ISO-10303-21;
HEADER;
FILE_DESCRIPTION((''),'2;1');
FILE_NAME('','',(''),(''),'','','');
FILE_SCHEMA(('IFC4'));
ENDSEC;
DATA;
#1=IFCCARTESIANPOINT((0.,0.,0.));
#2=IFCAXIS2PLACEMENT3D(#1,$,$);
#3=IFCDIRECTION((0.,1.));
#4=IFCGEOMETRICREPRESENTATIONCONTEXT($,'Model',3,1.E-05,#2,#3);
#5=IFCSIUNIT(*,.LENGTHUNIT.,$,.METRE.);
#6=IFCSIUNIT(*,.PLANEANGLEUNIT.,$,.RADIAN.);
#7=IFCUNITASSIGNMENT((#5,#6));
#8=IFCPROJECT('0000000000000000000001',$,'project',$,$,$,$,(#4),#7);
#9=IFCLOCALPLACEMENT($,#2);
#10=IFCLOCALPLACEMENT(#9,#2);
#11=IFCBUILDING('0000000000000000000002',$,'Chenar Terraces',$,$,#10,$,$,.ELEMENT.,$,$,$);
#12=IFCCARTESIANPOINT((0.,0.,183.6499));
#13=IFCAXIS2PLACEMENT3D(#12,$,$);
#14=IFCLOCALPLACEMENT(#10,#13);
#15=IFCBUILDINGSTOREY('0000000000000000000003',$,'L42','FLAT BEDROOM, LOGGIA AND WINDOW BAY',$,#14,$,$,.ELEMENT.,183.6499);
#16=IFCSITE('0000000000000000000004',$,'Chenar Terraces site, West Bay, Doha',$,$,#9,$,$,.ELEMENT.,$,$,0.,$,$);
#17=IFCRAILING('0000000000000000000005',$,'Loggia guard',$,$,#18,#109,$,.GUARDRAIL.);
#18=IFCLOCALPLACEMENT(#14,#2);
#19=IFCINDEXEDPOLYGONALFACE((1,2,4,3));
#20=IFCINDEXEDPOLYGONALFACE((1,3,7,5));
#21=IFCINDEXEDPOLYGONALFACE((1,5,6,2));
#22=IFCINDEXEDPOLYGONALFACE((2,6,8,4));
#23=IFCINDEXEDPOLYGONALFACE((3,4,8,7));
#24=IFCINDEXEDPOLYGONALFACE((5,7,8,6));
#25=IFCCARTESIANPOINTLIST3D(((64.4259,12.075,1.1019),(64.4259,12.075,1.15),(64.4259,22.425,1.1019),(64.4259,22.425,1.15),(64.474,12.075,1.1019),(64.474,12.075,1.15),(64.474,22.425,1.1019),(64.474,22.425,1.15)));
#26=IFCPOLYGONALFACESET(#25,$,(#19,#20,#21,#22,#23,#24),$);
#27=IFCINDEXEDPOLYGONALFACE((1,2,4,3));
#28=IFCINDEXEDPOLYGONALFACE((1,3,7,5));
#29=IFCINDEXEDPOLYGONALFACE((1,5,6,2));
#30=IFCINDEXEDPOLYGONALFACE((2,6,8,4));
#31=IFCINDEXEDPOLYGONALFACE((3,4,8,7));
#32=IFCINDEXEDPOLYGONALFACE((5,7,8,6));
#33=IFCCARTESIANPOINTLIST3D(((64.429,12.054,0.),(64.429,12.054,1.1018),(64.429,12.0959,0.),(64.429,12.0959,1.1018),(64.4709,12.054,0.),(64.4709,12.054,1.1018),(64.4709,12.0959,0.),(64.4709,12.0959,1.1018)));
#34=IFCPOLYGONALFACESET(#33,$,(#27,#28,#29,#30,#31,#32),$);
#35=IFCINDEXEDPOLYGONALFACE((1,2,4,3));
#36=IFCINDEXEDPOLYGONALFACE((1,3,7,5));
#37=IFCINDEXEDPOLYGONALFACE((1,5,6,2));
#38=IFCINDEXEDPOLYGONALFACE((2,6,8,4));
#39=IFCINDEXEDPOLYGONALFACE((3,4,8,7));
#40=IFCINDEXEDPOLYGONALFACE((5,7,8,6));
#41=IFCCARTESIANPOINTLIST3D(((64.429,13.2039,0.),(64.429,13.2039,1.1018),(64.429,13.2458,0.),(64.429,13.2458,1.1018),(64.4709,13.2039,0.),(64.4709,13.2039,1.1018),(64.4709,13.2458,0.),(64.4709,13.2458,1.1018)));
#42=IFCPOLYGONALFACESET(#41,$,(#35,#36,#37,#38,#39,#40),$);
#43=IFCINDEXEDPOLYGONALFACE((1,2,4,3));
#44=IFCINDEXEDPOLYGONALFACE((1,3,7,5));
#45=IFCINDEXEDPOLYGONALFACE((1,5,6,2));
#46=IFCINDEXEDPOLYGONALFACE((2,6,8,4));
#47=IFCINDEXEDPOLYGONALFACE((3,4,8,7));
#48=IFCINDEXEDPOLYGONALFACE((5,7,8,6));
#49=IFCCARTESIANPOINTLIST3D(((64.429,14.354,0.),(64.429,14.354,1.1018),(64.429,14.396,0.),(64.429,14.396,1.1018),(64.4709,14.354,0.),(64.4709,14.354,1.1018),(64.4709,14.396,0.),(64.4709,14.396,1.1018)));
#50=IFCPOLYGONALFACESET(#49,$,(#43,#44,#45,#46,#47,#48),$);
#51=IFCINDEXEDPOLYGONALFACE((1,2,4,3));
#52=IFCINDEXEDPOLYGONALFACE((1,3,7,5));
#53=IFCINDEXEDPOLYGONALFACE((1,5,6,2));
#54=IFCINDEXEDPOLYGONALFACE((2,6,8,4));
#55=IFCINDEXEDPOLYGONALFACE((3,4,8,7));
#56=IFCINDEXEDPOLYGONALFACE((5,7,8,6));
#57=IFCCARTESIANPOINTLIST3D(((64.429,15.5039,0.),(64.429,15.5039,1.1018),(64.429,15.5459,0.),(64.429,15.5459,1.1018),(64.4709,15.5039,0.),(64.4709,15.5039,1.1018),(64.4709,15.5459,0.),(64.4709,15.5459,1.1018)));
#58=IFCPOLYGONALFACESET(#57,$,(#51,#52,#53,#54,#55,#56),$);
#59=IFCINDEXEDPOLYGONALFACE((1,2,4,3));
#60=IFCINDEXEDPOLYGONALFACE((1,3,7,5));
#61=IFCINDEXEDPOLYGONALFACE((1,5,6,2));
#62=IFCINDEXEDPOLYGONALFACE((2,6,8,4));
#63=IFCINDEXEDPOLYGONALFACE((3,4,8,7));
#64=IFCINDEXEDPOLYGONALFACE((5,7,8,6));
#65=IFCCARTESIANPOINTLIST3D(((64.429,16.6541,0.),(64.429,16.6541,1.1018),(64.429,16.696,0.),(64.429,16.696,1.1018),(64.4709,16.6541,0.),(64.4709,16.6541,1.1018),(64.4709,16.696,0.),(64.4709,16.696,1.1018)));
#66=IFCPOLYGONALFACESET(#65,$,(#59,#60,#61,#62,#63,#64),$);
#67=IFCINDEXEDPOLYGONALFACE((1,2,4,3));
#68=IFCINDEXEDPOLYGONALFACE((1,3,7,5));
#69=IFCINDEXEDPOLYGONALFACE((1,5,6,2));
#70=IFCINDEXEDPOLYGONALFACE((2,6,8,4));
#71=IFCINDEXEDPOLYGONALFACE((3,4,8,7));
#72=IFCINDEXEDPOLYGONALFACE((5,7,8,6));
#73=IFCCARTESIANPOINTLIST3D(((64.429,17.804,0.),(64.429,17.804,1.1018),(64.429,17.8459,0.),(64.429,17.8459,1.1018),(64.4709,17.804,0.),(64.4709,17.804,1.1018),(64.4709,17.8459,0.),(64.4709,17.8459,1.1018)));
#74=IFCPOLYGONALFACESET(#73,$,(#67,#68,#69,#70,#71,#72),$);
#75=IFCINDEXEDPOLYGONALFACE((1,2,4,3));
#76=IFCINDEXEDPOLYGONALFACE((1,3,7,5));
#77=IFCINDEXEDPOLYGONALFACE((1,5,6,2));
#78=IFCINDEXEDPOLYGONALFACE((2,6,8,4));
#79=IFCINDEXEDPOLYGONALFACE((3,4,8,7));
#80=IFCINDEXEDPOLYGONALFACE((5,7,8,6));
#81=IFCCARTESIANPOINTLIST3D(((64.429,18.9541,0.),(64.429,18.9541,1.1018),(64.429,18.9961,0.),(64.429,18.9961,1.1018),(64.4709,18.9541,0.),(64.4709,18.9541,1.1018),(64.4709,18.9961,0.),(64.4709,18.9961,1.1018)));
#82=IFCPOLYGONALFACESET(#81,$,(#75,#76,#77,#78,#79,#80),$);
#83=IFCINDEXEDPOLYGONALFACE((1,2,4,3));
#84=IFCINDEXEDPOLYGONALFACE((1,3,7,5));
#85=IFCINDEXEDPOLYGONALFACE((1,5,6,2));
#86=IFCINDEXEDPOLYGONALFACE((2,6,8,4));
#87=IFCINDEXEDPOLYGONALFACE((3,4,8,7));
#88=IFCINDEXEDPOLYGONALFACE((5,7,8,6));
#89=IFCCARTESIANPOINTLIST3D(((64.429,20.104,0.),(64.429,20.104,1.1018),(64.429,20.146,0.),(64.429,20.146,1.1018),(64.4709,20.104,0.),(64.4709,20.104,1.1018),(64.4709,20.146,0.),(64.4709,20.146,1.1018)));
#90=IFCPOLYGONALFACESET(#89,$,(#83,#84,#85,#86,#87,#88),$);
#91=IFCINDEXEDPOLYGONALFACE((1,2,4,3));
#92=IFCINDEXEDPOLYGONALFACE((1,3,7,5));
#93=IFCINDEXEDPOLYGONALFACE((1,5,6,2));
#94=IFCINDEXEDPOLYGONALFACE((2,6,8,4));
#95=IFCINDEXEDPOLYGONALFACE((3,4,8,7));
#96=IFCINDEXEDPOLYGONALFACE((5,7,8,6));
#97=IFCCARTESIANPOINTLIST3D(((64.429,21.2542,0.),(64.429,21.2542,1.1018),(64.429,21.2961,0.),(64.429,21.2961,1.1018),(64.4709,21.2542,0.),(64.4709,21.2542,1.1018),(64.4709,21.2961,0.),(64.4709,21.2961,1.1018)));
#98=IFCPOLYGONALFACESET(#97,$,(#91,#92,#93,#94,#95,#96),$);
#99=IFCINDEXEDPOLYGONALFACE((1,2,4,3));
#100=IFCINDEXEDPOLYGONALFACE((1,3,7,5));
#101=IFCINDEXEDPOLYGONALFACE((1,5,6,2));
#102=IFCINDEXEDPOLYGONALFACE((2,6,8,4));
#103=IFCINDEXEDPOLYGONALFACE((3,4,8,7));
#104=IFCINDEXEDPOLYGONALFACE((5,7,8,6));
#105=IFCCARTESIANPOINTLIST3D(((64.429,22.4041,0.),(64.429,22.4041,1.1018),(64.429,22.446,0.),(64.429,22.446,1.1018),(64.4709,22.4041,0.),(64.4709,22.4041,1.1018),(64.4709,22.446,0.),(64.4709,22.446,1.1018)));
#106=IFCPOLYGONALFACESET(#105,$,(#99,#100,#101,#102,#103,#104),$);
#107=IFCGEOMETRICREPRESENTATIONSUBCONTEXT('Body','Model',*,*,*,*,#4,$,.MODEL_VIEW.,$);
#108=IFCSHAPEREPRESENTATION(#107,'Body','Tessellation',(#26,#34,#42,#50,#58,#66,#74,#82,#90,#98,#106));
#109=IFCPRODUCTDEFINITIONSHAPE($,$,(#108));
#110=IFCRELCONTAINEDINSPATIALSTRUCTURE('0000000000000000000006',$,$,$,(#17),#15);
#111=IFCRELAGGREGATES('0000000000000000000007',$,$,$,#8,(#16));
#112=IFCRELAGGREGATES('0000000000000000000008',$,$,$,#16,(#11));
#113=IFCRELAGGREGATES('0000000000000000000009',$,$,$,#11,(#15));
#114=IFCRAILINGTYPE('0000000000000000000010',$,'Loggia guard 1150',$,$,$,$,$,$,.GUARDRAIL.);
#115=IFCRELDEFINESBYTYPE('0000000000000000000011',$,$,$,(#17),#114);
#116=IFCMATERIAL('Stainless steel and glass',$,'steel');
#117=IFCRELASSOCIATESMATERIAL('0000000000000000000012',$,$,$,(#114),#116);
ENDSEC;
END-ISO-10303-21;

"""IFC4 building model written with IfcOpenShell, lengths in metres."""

from ifc_helpers import new_model, si_unit, direction, frame, origin, origin_2d, place, context, subcontext, project, spatial, rectangle, extrude, material, type_object, element, save


model = new_model("IFC4")

# Units and contexts
model_context = context("Model", 3, precision=1e-05, world=origin(), true_north=direction((0.0, 1.0)))
body_context = subcontext(model_context, "Body", "Model", "MODEL_VIEW")
ifc_project = project(units=[si_unit("LENGTHUNIT", "METRE"), si_unit("PLANEANGLEUNIT", "RADIAN")], contexts=[model_context])

# Site, building, storey
site_placement = place(None, origin())
site = spatial("IfcSite", under=ifc_project, at=site_placement, Name="Chenar Terraces site, West Bay, Doha", CompositionType="ELEMENT", RefElevation=0.0)
building_placement = place(site_placement, origin())
building = spatial("IfcBuilding", under=site, at=building_placement, Name="Chenar Terraces", CompositionType="ELEMENT")
storey_placement = place(building_placement, frame((0.0, 0.0, 183.6499)))
storey = spatial("IfcBuildingStorey", under=building, at=storey_placement, Name="L42", Description="FLAT BEDROOM, LOGGIA AND WINDOW BAY", CompositionType="ELEMENT", Elevation=183.6499)

# Railing
ifc_material_1 = material(Name="Stainless steel and glass", Category="steel")
railing_type = type_object("IfcRailingType", Name="Loggia guard 1150", PredefinedType="GUARDRAIL", material=ifc_material_1)
railing_placement = place(storey_placement, frame((64.45, 12.075, 0.0)))
element("IfcRailing", 1, at=railing_placement, inside=storey, type_object=railing_type, Name="Loggia guard", PredefinedType="GUARDRAIL", context=body_context, shape_type="SweptSolid", body=[
    extrude(rectangle(XDim=0.0481, YDim=0.0481, at=origin_2d()), frame((0.0, 0.0, 1.126), z_axis=(0.0, 1.0, 0.0), x_axis=(-1.0, 0.0, 0.0)), (0.0, 0.0, 1.0), 10.3501),
    extrude(rectangle(XDim=0.042, YDim=0.042, at=origin_2d()), origin(), (0.0, 0.0, 1.0), 1.1018),
    extrude(rectangle(XDim=0.042, YDim=0.042, at=origin_2d()), frame((0.0, 1.1499, 0.0)), (0.0, 0.0, 1.0), 1.1018),
    extrude(rectangle(XDim=0.042, YDim=0.042, at=origin_2d()), frame((0.0, 2.3, 0.0)), (0.0, 0.0, 1.0), 1.1018),
    extrude(rectangle(XDim=0.042, YDim=0.042, at=origin_2d()), frame((0.0, 3.45, 0.0)), (0.0, 0.0, 1.0), 1.1018),
    extrude(rectangle(XDim=0.042, YDim=0.042, at=origin_2d()), frame((0.0, 4.6001, 0.0)), (0.0, 0.0, 1.0), 1.1018),
    extrude(rectangle(XDim=0.042, YDim=0.042, at=origin_2d()), frame((0.0, 5.75, 0.0)), (0.0, 0.0, 1.0), 1.1018),
    extrude(rectangle(XDim=0.042, YDim=0.042, at=origin_2d()), frame((0.0, 6.9001, 0.0)), (0.0, 0.0, 1.0), 1.1018),
    extrude(rectangle(XDim=0.042, YDim=0.042, at=origin_2d()), frame((0.0, 8.05, 0.0)), (0.0, 0.0, 1.0), 1.1018),
    extrude(rectangle(XDim=0.042, YDim=0.042, at=origin_2d()), frame((0.0, 9.2002, 0.0)), (0.0, 0.0, 1.0), 1.1018),
    extrude(rectangle(XDim=0.042, YDim=0.042, at=origin_2d()), frame((0.0, 10.3501, 0.0)), (0.0, 0.0, 1.0), 1.1018),
])

save(model, "model.ifc")
